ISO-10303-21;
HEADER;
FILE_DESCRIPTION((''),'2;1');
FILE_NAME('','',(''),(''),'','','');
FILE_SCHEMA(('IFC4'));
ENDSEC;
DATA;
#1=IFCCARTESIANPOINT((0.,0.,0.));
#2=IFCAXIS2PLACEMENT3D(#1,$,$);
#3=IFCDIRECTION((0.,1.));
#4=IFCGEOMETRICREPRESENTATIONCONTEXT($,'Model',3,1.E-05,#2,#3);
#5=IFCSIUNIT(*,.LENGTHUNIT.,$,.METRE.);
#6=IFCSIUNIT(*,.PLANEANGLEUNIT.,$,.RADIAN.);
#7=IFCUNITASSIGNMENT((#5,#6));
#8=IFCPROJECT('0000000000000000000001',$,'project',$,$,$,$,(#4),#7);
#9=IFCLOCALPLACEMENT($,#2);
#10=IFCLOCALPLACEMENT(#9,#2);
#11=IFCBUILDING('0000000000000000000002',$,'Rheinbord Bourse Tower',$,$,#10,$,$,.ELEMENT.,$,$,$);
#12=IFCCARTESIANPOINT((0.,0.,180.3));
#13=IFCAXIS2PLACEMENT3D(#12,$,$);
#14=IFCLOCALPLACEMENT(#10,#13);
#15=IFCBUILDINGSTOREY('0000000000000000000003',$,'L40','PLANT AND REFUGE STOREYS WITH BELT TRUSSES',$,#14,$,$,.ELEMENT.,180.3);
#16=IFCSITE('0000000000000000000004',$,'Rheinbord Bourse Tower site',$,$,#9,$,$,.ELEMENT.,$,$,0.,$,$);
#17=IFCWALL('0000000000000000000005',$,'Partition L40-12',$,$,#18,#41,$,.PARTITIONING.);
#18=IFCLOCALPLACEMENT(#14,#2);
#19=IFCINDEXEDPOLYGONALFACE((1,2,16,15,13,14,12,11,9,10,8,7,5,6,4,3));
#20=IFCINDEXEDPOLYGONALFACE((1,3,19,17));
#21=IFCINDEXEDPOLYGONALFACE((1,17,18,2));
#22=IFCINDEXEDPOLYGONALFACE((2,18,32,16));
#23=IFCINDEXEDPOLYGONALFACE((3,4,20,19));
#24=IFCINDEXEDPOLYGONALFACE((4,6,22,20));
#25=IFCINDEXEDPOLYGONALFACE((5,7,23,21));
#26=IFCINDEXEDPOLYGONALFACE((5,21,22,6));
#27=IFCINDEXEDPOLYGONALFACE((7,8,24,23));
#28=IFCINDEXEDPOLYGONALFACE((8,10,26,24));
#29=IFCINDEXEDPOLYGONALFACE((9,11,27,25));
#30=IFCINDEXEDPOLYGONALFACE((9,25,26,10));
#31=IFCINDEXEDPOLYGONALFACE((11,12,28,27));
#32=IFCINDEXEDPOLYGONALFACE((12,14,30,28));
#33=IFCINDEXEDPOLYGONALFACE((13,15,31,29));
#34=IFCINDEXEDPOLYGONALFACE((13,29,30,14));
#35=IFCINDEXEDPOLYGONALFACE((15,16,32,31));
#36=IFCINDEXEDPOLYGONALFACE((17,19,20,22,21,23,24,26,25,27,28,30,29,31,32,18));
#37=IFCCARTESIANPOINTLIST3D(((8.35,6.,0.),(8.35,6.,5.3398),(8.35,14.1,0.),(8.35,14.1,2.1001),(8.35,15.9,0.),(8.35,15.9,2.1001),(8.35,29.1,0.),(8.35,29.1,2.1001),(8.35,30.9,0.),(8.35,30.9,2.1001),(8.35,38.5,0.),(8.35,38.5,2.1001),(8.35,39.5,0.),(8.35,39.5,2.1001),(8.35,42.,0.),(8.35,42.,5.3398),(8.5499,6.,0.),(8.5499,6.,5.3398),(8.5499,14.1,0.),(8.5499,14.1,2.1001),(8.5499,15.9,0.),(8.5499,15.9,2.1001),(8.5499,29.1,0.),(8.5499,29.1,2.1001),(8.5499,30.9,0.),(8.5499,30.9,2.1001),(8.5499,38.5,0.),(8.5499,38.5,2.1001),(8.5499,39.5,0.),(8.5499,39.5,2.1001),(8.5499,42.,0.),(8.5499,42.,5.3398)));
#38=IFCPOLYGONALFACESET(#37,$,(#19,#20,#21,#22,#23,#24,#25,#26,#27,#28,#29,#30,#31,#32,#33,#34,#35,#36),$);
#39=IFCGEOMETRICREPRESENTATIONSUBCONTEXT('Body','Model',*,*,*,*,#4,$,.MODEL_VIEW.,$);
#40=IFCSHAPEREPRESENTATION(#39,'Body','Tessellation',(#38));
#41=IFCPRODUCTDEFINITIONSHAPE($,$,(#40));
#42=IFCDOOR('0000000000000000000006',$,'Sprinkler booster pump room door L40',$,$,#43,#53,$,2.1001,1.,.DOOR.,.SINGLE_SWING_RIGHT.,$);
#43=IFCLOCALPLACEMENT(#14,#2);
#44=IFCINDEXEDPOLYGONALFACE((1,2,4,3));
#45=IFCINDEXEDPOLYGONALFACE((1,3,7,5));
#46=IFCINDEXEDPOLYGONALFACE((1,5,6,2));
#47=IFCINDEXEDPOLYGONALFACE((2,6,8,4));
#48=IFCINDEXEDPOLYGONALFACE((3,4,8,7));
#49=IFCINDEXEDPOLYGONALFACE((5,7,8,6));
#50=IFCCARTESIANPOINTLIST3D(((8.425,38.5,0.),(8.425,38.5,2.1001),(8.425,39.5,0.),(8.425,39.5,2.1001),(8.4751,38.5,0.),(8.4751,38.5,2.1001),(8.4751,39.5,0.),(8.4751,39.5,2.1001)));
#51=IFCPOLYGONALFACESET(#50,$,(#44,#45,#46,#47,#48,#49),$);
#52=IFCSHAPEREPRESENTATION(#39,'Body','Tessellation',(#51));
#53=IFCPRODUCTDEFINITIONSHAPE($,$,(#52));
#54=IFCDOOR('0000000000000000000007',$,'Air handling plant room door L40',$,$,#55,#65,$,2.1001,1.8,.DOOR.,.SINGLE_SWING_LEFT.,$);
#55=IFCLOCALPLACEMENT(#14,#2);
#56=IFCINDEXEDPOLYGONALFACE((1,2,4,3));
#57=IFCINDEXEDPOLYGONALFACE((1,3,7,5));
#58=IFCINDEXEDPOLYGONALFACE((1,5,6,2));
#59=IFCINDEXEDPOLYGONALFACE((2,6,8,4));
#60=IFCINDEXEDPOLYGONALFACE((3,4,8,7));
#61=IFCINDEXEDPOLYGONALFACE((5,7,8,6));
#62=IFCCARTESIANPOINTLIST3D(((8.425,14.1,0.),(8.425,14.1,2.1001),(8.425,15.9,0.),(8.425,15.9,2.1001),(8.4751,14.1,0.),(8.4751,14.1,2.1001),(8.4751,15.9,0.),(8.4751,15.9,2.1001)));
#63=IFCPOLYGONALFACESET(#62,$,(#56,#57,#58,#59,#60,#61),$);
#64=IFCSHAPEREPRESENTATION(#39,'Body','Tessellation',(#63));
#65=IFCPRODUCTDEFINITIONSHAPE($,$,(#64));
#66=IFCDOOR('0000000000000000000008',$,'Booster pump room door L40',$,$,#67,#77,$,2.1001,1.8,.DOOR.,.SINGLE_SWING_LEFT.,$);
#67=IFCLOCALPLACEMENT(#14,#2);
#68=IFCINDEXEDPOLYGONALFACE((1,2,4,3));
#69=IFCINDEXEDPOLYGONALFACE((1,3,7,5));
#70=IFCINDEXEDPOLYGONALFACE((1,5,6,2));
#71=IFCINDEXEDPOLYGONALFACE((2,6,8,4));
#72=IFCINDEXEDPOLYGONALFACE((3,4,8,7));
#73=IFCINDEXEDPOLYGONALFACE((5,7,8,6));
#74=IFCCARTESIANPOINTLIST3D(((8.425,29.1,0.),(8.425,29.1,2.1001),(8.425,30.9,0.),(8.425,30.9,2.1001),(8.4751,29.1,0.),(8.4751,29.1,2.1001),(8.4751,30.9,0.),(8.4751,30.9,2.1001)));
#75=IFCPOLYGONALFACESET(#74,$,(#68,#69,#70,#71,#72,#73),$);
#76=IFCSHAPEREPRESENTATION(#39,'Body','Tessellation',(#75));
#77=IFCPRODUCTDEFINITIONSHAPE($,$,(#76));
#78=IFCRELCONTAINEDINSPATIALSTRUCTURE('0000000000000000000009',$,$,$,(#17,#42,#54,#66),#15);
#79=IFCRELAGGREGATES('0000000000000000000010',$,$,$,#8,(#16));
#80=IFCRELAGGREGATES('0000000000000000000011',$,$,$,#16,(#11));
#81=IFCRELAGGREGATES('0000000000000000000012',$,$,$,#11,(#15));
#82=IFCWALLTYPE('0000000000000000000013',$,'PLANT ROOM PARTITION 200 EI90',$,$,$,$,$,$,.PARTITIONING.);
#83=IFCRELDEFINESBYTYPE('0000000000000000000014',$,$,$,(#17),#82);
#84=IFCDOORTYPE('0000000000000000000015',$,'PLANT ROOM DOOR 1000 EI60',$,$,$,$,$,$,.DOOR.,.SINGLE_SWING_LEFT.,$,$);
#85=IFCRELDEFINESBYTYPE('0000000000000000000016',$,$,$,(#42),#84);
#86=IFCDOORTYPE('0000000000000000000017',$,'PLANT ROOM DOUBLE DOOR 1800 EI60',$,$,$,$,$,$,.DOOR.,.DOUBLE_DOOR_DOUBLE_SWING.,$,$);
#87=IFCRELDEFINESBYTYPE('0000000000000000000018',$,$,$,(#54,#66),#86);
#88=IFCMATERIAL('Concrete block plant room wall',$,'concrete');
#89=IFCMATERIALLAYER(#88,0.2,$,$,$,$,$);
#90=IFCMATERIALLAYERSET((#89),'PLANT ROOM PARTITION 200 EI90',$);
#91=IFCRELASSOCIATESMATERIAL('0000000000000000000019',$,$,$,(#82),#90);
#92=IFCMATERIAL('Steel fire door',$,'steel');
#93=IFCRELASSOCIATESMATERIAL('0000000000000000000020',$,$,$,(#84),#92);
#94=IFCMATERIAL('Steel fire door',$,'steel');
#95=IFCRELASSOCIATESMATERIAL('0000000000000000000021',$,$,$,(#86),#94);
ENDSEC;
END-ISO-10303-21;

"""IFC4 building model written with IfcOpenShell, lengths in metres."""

from ifc_helpers import new_model, si_unit, direction, frame, frame_2d, origin, place, context, subcontext, project, spatial, rectangle, extrude, material, layer, layer_set, type_object, element, fill, save


model = new_model("IFC4")

# Units and contexts
model_context = context("Model", 3, precision=1e-05, world=origin(), true_north=direction((0.0, 1.0)))
body_context = subcontext(model_context, "Body", "Model", "MODEL_VIEW")
ifc_project = project(units=[si_unit("LENGTHUNIT", "METRE"), si_unit("PLANEANGLEUNIT", "RADIAN")], contexts=[model_context])

# Site, building, storey
site_placement = place(None, origin())
site = spatial("IfcSite", under=ifc_project, at=site_placement, Name="Rheinbord Bourse Tower site", CompositionType="ELEMENT", RefElevation=0.0)
building_placement = place(site_placement, origin())
building = spatial("IfcBuilding", under=site, at=building_placement, Name="Rheinbord Bourse Tower", CompositionType="ELEMENT")
storey_placement = place(building_placement, frame((0.0, 0.0, 180.3)))
storey = spatial("IfcBuildingStorey", under=building, at=storey_placement, Name="L40", Description="PLANT AND REFUGE STOREYS WITH BELT TRUSSES", CompositionType="ELEMENT", Elevation=180.3)

# Shared definitions
ifc_material_1 = material(Name="Concrete block plant room wall", Category="concrete")
ifc_layer_1 = layer(ifc_material_1, 0.2)
ifc_layer_set_1 = layer_set([ifc_layer_1], Name="PLANT ROOM PARTITION 200 EI90")
wall_type = type_object("IfcWallType", Name="PLANT ROOM PARTITION 200 EI90", PredefinedType="PARTITIONING", material=ifc_layer_set_1)

# Wall, openings, doors
wall_1_placement = place(storey_placement, frame((8.45, 6.0, 0.0), z_axis=(0.0, 0.0, 1.0), x_axis=(0.0, 1.0, 0.0)))
wall_1 = element("IfcWall", 1, at=wall_1_placement, inside=storey, type_object=wall_type, Name="Partition L40-12", PredefinedType="PARTITIONING", context=body_context, shape_type="SweptSolid", body=[
    extrude(rectangle(XDim=36.0, YDim=0.2, at=frame_2d((18.0, 0.0))), origin(), (0.0, 0.0, 1.0), 5.3398),
])
opening_1_placement = place(wall_1_placement, frame((8.1001, 0.0, 0.0)))
opening_1 = element("IfcOpeningElement", 2, at=opening_1_placement, cuts=wall_1, PredefinedType="OPENING", context=body_context, shape_type="SweptSolid", body=[
    extrude(rectangle(XDim=1.8, YDim=2.1001, at=frame_2d((0.8999, 1.05))), frame((0.0, 0.1099, 0.0), z_axis=(0.0, -1.0, 0.0), x_axis=(1.0, 0.0, 0.0)), (0.0, 0.0, 1.0), 0.22),
])
opening_2_placement = place(wall_1_placement, frame((23.1001, 0.0, 0.0)))
opening_2 = element("IfcOpeningElement", 3, at=opening_2_placement, cuts=wall_1, PredefinedType="OPENING", context=body_context, shape_type="SweptSolid", body=[
    extrude(rectangle(XDim=1.8, YDim=2.1001, at=frame_2d((0.8999, 1.05))), frame((0.0, 0.1099, 0.0), z_axis=(0.0, -1.0, 0.0), x_axis=(1.0, 0.0, 0.0)), (0.0, 0.0, 1.0), 0.22),
])
opening_3_placement = place(wall_1_placement, frame((32.5, 0.0, 0.0)))
opening_3 = element("IfcOpeningElement", 4, at=opening_3_placement, cuts=wall_1, PredefinedType="OPENING", context=body_context, shape_type="SweptSolid", body=[
    extrude(rectangle(XDim=1.0, YDim=2.1001, at=frame_2d((0.5, 1.05))), frame((0.0, 0.1099, 0.0), z_axis=(0.0, -1.0, 0.0), x_axis=(1.0, 0.0, 0.0)), (0.0, 0.0, 1.0), 0.22),
])
ifc_material_2 = material(Name="Steel fire door", Category="steel")
door_type_1 = type_object("IfcDoorType", Name="PLANT ROOM DOOR 1000 EI60", OperationType="SINGLE_SWING_LEFT", PredefinedType="DOOR", material=ifc_material_2)
door_1_placement = place(opening_3_placement, origin())
door_1 = element("IfcDoor", 5, at=door_1_placement, inside=storey, type_object=door_type_1, Name="Sprinkler booster pump room door L40", OperationType="SINGLE_SWING_RIGHT", OverallHeight=2.1001, OverallWidth=1.0, PredefinedType="DOOR", context=body_context, shape_type="SweptSolid", body=[
    extrude(rectangle(XDim=1.0, YDim=2.1001, at=frame_2d((0.5, 1.05))), frame((0.0, 0.0249, 0.0), z_axis=(0.0, -1.0, 0.0), x_axis=(1.0, 0.0, 0.0)), (0.0, 0.0, 1.0), 0.05),
])
fill(opening_3, door_1)
ifc_material_3 = material(Name="Steel fire door", Category="steel")
door_type_2 = type_object("IfcDoorType", Name="PLANT ROOM DOUBLE DOOR 1800 EI60", OperationType="DOUBLE_DOOR_DOUBLE_SWING", PredefinedType="DOOR", material=ifc_material_3)
door_2_placement = place(opening_1_placement, origin())
door_2 = element("IfcDoor", 6, at=door_2_placement, inside=storey, type_object=door_type_2, Name="Air handling plant room door L40", OperationType="SINGLE_SWING_LEFT", OverallHeight=2.1001, OverallWidth=1.8, PredefinedType="DOOR", context=body_context, shape_type="SweptSolid", body=[
    extrude(rectangle(XDim=1.8, YDim=2.1001, at=frame_2d((0.8999, 1.05))), frame((0.0, 0.0249, 0.0), z_axis=(0.0, -1.0, 0.0), x_axis=(1.0, 0.0, 0.0)), (0.0, 0.0, 1.0), 0.05),
])
fill(opening_1, door_2)
door_3_placement = place(opening_2_placement, origin())
door_3 = element("IfcDoor", 7, at=door_3_placement, inside=storey, type_object=door_type_2, Name="Booster pump room door L40", OperationType="SINGLE_SWING_LEFT", OverallHeight=2.1001, OverallWidth=1.8, PredefinedType="DOOR", context=body_context, shape_type="SweptSolid", body=[
    extrude(rectangle(XDim=1.8, YDim=2.1001, at=frame_2d((0.8999, 1.05))), frame((0.0, 0.0249, 0.0), z_axis=(0.0, -1.0, 0.0), x_axis=(1.0, 0.0, 0.0)), (0.0, 0.0, 1.0), 0.05),
])
fill(opening_2, door_3)

save(model, "model.ifc")
